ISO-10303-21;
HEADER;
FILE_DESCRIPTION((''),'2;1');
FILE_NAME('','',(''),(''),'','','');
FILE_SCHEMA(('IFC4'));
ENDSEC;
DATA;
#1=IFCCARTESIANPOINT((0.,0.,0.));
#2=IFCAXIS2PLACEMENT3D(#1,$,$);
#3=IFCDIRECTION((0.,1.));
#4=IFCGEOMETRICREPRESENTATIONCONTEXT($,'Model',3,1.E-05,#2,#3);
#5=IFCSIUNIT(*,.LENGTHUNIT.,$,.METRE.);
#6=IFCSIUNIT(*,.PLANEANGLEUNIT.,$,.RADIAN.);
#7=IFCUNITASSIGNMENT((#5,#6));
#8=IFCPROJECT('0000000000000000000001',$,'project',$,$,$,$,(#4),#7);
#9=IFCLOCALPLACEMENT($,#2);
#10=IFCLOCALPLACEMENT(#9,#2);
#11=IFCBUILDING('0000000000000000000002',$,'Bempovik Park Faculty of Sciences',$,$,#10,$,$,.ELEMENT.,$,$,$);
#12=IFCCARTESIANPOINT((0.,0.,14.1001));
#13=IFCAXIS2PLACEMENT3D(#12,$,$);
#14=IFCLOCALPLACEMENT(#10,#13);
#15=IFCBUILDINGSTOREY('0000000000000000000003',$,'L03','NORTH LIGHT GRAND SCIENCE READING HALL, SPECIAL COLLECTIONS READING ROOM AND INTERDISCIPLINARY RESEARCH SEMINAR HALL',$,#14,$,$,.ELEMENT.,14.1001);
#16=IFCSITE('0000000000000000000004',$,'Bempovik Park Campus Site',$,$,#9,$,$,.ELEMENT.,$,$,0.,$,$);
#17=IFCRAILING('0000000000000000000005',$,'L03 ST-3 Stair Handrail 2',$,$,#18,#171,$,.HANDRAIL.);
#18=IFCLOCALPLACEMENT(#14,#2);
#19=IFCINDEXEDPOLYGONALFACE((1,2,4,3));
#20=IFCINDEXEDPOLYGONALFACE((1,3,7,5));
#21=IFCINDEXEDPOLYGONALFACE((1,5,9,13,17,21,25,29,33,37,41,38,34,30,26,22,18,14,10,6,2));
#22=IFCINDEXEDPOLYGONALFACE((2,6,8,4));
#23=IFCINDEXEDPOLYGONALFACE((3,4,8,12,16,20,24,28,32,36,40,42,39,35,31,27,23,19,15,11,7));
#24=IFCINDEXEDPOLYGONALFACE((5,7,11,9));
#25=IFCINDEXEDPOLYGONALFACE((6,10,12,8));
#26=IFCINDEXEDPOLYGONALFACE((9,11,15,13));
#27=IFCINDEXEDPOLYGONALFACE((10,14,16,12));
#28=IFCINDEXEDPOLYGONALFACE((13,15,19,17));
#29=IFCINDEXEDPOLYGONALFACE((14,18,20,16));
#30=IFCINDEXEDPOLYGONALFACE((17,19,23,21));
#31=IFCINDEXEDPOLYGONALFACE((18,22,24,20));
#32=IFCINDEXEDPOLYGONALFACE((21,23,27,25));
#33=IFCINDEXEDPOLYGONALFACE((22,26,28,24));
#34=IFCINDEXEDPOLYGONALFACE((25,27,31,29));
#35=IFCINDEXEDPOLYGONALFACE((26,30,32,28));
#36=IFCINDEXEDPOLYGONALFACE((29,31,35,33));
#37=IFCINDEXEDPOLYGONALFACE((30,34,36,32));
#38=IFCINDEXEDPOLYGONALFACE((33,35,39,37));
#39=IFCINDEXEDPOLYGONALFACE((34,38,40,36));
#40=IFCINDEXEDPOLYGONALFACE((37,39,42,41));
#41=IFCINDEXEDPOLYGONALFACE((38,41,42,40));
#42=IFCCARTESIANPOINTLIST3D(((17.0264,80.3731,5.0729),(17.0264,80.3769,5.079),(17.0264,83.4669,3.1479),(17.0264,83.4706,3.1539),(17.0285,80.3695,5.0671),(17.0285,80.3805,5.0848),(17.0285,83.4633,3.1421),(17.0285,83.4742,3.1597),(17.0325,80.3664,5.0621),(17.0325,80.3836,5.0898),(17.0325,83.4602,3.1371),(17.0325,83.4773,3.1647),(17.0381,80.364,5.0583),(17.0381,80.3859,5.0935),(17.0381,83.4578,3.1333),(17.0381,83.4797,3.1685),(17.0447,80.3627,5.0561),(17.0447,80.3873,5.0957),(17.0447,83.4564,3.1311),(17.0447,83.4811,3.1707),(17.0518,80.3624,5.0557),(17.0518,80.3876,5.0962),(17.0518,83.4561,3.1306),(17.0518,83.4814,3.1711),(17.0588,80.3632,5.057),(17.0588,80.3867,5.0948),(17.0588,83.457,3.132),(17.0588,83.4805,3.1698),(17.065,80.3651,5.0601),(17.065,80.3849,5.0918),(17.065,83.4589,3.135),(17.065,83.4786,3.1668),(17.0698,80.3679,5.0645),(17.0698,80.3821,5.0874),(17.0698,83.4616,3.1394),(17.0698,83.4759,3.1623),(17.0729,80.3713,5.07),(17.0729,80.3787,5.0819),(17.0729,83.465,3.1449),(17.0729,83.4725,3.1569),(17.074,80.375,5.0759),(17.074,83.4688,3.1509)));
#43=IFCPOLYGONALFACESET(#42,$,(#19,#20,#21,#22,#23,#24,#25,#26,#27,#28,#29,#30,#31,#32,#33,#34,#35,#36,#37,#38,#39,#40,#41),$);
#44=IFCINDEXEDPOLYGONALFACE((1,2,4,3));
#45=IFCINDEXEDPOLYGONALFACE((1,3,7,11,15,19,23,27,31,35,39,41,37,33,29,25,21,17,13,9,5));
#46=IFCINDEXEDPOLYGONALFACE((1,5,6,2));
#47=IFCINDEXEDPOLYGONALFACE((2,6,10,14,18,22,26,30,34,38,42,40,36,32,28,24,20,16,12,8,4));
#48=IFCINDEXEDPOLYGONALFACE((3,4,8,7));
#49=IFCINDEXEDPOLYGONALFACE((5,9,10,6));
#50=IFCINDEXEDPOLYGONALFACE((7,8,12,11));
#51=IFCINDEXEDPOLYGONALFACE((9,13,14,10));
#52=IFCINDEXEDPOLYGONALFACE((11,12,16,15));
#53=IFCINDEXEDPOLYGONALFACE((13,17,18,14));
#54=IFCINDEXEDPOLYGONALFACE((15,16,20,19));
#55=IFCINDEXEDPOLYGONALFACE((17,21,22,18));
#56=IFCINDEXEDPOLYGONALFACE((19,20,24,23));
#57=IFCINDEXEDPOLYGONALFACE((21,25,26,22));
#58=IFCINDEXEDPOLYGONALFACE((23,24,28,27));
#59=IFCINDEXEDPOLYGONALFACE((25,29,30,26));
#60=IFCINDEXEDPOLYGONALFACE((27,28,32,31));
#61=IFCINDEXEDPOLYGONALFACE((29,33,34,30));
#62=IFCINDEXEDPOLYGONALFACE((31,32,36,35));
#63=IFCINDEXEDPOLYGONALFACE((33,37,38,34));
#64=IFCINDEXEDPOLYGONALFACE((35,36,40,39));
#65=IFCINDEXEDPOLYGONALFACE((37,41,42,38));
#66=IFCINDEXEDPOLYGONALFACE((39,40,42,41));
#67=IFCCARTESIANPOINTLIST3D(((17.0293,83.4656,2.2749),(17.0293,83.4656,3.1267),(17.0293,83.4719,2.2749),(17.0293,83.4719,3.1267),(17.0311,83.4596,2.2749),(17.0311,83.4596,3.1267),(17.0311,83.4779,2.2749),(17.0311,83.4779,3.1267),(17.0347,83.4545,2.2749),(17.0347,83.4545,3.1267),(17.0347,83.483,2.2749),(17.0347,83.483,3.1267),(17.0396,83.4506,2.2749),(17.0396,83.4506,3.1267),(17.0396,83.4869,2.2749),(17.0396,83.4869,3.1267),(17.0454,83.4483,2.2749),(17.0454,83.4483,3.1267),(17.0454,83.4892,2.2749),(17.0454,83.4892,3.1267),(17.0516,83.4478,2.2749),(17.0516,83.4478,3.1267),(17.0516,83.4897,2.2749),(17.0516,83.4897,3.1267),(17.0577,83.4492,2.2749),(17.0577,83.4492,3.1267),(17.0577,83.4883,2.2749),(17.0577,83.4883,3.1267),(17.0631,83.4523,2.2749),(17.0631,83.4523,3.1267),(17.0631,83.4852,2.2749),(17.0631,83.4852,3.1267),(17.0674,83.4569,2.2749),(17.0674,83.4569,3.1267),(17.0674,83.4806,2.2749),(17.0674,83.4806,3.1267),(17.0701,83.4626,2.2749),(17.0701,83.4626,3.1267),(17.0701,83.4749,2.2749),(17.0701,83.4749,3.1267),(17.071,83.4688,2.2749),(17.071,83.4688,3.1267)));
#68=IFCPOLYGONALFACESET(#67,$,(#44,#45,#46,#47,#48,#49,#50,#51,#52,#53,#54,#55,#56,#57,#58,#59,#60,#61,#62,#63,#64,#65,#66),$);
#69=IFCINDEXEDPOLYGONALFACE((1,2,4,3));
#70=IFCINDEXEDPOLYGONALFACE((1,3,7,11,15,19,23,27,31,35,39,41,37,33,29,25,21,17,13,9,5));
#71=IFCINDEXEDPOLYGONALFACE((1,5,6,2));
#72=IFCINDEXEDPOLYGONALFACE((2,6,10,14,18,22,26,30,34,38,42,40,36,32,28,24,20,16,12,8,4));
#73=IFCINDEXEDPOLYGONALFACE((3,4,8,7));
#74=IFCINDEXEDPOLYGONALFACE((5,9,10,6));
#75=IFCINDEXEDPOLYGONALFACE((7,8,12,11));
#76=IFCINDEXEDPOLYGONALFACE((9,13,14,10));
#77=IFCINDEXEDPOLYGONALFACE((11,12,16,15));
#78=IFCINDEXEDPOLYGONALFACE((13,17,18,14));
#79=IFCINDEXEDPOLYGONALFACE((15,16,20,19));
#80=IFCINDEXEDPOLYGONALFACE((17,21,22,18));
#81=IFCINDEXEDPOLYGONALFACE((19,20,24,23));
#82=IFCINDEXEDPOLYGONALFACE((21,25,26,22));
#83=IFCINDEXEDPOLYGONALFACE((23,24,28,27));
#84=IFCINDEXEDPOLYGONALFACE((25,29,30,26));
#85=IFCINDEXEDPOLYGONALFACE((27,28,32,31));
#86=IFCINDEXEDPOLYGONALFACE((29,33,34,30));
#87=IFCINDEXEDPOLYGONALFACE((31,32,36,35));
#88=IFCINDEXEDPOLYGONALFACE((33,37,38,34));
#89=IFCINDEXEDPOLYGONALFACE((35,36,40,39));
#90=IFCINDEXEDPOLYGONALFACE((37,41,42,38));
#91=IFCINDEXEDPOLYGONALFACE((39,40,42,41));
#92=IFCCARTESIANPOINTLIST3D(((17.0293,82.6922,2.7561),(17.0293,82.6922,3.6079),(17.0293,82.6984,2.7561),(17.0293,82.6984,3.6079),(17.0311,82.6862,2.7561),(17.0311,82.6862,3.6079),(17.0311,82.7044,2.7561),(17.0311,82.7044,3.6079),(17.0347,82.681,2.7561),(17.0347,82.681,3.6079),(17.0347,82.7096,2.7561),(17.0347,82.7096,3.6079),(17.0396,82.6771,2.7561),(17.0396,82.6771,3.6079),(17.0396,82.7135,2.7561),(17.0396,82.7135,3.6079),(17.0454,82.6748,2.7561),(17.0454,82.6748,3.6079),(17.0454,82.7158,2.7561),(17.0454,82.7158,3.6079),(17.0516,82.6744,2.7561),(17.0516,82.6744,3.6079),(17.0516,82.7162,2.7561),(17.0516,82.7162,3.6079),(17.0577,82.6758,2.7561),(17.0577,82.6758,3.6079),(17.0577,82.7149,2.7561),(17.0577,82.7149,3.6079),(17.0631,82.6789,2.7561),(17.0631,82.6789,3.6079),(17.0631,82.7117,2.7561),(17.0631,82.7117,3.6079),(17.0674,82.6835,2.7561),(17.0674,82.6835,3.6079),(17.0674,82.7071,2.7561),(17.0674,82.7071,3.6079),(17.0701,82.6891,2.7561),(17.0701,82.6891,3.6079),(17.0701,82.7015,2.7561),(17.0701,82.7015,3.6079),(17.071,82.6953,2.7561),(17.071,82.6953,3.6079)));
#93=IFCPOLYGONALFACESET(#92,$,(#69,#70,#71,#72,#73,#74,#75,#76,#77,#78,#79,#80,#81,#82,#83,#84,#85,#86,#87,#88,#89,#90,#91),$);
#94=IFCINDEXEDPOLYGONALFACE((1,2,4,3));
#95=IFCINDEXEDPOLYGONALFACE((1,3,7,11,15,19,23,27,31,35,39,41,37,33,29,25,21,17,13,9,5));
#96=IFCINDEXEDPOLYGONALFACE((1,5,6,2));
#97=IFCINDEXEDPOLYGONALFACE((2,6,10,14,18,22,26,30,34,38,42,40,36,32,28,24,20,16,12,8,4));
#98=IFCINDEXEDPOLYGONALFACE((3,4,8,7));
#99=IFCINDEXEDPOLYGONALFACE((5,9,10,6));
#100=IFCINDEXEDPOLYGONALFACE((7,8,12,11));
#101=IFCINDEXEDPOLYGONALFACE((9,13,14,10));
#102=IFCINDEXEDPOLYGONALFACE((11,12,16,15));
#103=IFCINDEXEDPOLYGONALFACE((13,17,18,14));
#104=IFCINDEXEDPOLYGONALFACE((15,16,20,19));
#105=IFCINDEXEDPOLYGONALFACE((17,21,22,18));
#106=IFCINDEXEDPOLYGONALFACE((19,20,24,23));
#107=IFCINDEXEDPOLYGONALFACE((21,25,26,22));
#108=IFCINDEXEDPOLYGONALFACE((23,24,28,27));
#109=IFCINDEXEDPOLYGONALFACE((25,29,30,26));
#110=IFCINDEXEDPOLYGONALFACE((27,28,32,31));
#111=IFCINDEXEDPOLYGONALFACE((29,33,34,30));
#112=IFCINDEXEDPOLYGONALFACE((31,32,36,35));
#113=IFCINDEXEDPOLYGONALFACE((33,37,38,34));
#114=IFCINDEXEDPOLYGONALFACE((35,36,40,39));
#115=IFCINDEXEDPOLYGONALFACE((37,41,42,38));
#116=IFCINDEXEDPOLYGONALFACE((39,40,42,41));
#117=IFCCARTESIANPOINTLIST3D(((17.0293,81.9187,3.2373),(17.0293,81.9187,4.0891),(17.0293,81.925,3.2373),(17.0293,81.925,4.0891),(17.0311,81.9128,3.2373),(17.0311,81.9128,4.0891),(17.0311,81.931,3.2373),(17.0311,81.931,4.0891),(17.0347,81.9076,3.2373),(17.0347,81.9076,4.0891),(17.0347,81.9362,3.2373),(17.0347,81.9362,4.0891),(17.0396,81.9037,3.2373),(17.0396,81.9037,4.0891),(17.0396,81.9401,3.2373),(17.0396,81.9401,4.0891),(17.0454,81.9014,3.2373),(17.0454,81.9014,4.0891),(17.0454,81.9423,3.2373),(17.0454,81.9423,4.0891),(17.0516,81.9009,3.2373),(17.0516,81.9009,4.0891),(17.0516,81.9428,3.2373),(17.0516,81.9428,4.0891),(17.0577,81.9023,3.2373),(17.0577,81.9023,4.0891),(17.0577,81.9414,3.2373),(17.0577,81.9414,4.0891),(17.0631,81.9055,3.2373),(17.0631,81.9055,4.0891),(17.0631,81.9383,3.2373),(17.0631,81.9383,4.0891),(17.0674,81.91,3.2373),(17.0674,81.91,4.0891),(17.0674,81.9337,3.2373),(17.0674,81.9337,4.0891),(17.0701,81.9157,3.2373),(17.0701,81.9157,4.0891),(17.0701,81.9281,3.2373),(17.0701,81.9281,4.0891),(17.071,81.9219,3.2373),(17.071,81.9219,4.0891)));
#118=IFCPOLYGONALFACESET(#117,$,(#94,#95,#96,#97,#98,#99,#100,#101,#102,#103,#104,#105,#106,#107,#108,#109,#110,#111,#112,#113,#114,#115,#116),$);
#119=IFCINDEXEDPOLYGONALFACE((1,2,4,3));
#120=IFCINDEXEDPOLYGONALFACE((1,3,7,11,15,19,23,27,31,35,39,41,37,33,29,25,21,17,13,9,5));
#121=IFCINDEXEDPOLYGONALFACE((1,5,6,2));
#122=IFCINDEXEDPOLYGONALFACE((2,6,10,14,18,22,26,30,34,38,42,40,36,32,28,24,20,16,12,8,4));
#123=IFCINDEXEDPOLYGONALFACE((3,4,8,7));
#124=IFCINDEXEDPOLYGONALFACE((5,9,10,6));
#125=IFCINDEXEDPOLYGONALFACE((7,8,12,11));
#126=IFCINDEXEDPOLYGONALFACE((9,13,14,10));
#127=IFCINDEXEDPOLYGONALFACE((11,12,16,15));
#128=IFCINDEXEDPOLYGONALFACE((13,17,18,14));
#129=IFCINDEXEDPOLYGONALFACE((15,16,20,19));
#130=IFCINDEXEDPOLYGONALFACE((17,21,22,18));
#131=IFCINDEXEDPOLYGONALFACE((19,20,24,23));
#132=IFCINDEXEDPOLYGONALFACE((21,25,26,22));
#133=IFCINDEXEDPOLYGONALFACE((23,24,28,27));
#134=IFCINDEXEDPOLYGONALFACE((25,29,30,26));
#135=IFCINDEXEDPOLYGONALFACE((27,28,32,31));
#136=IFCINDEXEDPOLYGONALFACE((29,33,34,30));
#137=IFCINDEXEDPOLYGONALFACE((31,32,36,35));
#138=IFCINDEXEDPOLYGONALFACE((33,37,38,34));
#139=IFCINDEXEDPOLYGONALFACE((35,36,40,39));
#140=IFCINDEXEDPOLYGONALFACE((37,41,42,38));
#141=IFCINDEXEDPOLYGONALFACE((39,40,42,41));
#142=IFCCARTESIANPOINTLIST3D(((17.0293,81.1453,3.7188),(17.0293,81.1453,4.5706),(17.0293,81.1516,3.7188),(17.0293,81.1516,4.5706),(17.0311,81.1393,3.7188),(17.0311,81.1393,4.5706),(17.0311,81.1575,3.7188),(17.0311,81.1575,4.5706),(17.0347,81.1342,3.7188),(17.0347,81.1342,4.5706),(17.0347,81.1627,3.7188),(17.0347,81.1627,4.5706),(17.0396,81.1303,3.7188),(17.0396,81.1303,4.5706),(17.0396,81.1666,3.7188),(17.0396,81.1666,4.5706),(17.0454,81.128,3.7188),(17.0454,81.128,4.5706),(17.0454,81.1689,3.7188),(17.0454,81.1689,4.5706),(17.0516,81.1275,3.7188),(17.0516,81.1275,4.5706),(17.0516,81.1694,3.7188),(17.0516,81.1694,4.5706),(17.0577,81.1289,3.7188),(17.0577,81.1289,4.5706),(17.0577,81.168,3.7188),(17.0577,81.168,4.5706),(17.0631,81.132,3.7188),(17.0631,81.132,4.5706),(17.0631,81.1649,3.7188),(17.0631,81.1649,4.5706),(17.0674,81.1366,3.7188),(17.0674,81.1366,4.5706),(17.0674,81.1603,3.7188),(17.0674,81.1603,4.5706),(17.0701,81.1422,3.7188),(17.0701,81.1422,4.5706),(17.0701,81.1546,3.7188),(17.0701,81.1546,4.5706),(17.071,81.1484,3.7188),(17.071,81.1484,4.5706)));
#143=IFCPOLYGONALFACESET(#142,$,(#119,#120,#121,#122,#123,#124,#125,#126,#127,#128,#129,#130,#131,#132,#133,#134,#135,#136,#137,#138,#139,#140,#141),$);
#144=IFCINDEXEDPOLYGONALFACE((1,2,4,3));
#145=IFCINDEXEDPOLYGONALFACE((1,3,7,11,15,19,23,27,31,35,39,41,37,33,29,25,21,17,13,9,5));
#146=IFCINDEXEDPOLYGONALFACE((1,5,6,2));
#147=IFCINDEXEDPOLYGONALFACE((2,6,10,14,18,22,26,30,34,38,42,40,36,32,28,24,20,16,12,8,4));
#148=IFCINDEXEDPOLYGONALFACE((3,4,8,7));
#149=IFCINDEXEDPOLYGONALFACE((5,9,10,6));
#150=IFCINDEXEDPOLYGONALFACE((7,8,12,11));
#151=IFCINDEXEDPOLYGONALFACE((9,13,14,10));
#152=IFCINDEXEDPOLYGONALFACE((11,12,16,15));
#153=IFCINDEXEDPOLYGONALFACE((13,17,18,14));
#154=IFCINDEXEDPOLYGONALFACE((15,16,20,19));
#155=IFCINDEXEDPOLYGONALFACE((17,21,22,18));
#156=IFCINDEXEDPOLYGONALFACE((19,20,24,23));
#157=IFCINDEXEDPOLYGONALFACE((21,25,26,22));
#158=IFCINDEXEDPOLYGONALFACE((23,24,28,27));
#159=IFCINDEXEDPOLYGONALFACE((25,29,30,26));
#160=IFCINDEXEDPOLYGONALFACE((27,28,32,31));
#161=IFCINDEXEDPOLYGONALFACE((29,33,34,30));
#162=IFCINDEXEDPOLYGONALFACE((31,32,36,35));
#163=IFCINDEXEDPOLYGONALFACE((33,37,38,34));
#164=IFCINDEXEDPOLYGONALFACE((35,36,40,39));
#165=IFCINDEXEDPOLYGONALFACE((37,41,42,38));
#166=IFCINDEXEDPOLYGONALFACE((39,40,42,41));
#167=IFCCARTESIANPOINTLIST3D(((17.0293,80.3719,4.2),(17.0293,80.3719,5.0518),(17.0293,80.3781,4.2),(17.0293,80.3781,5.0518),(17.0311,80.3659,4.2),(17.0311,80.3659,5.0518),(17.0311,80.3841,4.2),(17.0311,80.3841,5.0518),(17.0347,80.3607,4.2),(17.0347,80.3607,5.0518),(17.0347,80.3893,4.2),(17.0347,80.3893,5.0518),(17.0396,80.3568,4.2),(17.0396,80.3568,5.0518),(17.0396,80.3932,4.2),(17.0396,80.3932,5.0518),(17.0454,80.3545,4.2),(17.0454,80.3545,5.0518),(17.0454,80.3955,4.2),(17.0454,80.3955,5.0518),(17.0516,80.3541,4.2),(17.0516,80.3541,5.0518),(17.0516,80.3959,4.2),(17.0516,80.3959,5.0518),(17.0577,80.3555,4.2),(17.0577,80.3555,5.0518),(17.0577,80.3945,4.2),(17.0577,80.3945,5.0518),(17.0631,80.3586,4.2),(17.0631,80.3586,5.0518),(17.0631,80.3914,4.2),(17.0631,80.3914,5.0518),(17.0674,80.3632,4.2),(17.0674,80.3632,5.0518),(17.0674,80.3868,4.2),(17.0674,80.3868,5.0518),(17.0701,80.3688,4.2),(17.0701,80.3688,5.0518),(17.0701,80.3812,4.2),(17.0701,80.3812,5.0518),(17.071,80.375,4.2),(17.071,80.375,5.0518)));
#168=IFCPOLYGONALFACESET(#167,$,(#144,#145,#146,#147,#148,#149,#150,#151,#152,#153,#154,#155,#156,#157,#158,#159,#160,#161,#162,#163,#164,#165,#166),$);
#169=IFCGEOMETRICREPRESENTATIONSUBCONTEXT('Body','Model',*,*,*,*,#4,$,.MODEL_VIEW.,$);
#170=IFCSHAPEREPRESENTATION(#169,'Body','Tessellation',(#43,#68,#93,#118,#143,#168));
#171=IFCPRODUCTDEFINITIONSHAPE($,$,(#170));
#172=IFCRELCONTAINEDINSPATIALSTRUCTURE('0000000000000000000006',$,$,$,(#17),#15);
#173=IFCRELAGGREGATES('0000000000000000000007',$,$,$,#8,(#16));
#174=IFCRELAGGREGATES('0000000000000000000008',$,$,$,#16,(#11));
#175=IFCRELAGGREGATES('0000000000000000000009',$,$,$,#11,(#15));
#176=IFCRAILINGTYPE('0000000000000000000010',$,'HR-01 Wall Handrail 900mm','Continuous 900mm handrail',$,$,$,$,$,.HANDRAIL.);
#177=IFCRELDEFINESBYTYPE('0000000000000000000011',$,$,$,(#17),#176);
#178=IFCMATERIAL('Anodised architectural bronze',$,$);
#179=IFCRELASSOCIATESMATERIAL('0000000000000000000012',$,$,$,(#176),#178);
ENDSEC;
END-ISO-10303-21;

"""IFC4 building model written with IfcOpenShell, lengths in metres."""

from ifc_helpers import new_model, si_unit, direction, frame, origin, origin_2d, place, context, subcontext, project, spatial, circle, extrude, material, type_object, element, save


model = new_model("IFC4")

# Units and contexts
model_context = context("Model", 3, precision=1e-05, world=origin(), true_north=direction((0.0, 1.0)))
body_context = subcontext(model_context, "Body", "Model", "MODEL_VIEW")
ifc_project = project(units=[si_unit("LENGTHUNIT", "METRE"), si_unit("PLANEANGLEUNIT", "RADIAN")], contexts=[model_context])

# Site, building, storey
site_placement = place(None, origin())
site = spatial("IfcSite", under=ifc_project, at=site_placement, Name="Bempovik Park Campus Site", CompositionType="ELEMENT", RefElevation=0.0)
building_placement = place(site_placement, origin())
building = spatial("IfcBuilding", under=site, at=building_placement, Name="Bempovik Park Faculty of Sciences", CompositionType="ELEMENT")
storey_placement = place(building_placement, frame((0.0, 0.0, 14.1001)))
storey = spatial("IfcBuildingStorey", under=building, at=storey_placement, Name="L03", Description="NORTH LIGHT GRAND SCIENCE READING HALL, SPECIAL COLLECTIONS READING ROOM AND INTERDISCIPLINARY RESEARCH SEMINAR HALL", CompositionType="ELEMENT", Elevation=14.1001)

# Railing
ifc_material_1 = material(Name="Anodised architectural bronze")
railing_type_1 = type_object("IfcRailingType", Name="HR-01 Wall Handrail 900mm", Description="Continuous 900mm handrail", PredefinedType="HANDRAIL", material=ifc_material_1)
railing_1_placement = place(storey_placement, frame((17.05, 83.4688, 2.2749)))
element("IfcRailing", 1, at=railing_1_placement, inside=storey, type_object=railing_type_1, Name="L03 ST-3 Stair Handrail 2", PredefinedType="HANDRAIL", context=body_context, shape_type="SweptSolid", body=[
    extrude(circle(Radius=0.0239, at=origin_2d()), frame((0.0, 0.0, 0.876), z_axis=(0.0, -0.849051, 0.528312), x_axis=(1.0, 0.0, 0.0)), (0.0, 0.0, 1.0), 3.6438),
    extrude(circle(Radius=0.021, at=origin_2d()), origin(), (0.0, 0.0, 1.0), 0.8518),
    extrude(circle(Radius=0.021, at=origin_2d()), frame((0.0, -0.7734, 0.4812)), (0.0, 0.0, 1.0), 0.8518),
    extrude(circle(Radius=0.021, at=origin_2d()), frame((0.0, -1.5469, 0.9624)), (0.0, 0.0, 1.0), 0.8518),
    extrude(circle(Radius=0.021, at=origin_2d()), frame((0.0, -2.3203, 1.4438)), (0.0, 0.0, 1.0), 0.8518),
    extrude(circle(Radius=0.021, at=origin_2d()), frame((0.0, -3.0938, 1.925)), (0.0, 0.0, 1.0), 0.8518),
])

save(model, "model.ifc")
